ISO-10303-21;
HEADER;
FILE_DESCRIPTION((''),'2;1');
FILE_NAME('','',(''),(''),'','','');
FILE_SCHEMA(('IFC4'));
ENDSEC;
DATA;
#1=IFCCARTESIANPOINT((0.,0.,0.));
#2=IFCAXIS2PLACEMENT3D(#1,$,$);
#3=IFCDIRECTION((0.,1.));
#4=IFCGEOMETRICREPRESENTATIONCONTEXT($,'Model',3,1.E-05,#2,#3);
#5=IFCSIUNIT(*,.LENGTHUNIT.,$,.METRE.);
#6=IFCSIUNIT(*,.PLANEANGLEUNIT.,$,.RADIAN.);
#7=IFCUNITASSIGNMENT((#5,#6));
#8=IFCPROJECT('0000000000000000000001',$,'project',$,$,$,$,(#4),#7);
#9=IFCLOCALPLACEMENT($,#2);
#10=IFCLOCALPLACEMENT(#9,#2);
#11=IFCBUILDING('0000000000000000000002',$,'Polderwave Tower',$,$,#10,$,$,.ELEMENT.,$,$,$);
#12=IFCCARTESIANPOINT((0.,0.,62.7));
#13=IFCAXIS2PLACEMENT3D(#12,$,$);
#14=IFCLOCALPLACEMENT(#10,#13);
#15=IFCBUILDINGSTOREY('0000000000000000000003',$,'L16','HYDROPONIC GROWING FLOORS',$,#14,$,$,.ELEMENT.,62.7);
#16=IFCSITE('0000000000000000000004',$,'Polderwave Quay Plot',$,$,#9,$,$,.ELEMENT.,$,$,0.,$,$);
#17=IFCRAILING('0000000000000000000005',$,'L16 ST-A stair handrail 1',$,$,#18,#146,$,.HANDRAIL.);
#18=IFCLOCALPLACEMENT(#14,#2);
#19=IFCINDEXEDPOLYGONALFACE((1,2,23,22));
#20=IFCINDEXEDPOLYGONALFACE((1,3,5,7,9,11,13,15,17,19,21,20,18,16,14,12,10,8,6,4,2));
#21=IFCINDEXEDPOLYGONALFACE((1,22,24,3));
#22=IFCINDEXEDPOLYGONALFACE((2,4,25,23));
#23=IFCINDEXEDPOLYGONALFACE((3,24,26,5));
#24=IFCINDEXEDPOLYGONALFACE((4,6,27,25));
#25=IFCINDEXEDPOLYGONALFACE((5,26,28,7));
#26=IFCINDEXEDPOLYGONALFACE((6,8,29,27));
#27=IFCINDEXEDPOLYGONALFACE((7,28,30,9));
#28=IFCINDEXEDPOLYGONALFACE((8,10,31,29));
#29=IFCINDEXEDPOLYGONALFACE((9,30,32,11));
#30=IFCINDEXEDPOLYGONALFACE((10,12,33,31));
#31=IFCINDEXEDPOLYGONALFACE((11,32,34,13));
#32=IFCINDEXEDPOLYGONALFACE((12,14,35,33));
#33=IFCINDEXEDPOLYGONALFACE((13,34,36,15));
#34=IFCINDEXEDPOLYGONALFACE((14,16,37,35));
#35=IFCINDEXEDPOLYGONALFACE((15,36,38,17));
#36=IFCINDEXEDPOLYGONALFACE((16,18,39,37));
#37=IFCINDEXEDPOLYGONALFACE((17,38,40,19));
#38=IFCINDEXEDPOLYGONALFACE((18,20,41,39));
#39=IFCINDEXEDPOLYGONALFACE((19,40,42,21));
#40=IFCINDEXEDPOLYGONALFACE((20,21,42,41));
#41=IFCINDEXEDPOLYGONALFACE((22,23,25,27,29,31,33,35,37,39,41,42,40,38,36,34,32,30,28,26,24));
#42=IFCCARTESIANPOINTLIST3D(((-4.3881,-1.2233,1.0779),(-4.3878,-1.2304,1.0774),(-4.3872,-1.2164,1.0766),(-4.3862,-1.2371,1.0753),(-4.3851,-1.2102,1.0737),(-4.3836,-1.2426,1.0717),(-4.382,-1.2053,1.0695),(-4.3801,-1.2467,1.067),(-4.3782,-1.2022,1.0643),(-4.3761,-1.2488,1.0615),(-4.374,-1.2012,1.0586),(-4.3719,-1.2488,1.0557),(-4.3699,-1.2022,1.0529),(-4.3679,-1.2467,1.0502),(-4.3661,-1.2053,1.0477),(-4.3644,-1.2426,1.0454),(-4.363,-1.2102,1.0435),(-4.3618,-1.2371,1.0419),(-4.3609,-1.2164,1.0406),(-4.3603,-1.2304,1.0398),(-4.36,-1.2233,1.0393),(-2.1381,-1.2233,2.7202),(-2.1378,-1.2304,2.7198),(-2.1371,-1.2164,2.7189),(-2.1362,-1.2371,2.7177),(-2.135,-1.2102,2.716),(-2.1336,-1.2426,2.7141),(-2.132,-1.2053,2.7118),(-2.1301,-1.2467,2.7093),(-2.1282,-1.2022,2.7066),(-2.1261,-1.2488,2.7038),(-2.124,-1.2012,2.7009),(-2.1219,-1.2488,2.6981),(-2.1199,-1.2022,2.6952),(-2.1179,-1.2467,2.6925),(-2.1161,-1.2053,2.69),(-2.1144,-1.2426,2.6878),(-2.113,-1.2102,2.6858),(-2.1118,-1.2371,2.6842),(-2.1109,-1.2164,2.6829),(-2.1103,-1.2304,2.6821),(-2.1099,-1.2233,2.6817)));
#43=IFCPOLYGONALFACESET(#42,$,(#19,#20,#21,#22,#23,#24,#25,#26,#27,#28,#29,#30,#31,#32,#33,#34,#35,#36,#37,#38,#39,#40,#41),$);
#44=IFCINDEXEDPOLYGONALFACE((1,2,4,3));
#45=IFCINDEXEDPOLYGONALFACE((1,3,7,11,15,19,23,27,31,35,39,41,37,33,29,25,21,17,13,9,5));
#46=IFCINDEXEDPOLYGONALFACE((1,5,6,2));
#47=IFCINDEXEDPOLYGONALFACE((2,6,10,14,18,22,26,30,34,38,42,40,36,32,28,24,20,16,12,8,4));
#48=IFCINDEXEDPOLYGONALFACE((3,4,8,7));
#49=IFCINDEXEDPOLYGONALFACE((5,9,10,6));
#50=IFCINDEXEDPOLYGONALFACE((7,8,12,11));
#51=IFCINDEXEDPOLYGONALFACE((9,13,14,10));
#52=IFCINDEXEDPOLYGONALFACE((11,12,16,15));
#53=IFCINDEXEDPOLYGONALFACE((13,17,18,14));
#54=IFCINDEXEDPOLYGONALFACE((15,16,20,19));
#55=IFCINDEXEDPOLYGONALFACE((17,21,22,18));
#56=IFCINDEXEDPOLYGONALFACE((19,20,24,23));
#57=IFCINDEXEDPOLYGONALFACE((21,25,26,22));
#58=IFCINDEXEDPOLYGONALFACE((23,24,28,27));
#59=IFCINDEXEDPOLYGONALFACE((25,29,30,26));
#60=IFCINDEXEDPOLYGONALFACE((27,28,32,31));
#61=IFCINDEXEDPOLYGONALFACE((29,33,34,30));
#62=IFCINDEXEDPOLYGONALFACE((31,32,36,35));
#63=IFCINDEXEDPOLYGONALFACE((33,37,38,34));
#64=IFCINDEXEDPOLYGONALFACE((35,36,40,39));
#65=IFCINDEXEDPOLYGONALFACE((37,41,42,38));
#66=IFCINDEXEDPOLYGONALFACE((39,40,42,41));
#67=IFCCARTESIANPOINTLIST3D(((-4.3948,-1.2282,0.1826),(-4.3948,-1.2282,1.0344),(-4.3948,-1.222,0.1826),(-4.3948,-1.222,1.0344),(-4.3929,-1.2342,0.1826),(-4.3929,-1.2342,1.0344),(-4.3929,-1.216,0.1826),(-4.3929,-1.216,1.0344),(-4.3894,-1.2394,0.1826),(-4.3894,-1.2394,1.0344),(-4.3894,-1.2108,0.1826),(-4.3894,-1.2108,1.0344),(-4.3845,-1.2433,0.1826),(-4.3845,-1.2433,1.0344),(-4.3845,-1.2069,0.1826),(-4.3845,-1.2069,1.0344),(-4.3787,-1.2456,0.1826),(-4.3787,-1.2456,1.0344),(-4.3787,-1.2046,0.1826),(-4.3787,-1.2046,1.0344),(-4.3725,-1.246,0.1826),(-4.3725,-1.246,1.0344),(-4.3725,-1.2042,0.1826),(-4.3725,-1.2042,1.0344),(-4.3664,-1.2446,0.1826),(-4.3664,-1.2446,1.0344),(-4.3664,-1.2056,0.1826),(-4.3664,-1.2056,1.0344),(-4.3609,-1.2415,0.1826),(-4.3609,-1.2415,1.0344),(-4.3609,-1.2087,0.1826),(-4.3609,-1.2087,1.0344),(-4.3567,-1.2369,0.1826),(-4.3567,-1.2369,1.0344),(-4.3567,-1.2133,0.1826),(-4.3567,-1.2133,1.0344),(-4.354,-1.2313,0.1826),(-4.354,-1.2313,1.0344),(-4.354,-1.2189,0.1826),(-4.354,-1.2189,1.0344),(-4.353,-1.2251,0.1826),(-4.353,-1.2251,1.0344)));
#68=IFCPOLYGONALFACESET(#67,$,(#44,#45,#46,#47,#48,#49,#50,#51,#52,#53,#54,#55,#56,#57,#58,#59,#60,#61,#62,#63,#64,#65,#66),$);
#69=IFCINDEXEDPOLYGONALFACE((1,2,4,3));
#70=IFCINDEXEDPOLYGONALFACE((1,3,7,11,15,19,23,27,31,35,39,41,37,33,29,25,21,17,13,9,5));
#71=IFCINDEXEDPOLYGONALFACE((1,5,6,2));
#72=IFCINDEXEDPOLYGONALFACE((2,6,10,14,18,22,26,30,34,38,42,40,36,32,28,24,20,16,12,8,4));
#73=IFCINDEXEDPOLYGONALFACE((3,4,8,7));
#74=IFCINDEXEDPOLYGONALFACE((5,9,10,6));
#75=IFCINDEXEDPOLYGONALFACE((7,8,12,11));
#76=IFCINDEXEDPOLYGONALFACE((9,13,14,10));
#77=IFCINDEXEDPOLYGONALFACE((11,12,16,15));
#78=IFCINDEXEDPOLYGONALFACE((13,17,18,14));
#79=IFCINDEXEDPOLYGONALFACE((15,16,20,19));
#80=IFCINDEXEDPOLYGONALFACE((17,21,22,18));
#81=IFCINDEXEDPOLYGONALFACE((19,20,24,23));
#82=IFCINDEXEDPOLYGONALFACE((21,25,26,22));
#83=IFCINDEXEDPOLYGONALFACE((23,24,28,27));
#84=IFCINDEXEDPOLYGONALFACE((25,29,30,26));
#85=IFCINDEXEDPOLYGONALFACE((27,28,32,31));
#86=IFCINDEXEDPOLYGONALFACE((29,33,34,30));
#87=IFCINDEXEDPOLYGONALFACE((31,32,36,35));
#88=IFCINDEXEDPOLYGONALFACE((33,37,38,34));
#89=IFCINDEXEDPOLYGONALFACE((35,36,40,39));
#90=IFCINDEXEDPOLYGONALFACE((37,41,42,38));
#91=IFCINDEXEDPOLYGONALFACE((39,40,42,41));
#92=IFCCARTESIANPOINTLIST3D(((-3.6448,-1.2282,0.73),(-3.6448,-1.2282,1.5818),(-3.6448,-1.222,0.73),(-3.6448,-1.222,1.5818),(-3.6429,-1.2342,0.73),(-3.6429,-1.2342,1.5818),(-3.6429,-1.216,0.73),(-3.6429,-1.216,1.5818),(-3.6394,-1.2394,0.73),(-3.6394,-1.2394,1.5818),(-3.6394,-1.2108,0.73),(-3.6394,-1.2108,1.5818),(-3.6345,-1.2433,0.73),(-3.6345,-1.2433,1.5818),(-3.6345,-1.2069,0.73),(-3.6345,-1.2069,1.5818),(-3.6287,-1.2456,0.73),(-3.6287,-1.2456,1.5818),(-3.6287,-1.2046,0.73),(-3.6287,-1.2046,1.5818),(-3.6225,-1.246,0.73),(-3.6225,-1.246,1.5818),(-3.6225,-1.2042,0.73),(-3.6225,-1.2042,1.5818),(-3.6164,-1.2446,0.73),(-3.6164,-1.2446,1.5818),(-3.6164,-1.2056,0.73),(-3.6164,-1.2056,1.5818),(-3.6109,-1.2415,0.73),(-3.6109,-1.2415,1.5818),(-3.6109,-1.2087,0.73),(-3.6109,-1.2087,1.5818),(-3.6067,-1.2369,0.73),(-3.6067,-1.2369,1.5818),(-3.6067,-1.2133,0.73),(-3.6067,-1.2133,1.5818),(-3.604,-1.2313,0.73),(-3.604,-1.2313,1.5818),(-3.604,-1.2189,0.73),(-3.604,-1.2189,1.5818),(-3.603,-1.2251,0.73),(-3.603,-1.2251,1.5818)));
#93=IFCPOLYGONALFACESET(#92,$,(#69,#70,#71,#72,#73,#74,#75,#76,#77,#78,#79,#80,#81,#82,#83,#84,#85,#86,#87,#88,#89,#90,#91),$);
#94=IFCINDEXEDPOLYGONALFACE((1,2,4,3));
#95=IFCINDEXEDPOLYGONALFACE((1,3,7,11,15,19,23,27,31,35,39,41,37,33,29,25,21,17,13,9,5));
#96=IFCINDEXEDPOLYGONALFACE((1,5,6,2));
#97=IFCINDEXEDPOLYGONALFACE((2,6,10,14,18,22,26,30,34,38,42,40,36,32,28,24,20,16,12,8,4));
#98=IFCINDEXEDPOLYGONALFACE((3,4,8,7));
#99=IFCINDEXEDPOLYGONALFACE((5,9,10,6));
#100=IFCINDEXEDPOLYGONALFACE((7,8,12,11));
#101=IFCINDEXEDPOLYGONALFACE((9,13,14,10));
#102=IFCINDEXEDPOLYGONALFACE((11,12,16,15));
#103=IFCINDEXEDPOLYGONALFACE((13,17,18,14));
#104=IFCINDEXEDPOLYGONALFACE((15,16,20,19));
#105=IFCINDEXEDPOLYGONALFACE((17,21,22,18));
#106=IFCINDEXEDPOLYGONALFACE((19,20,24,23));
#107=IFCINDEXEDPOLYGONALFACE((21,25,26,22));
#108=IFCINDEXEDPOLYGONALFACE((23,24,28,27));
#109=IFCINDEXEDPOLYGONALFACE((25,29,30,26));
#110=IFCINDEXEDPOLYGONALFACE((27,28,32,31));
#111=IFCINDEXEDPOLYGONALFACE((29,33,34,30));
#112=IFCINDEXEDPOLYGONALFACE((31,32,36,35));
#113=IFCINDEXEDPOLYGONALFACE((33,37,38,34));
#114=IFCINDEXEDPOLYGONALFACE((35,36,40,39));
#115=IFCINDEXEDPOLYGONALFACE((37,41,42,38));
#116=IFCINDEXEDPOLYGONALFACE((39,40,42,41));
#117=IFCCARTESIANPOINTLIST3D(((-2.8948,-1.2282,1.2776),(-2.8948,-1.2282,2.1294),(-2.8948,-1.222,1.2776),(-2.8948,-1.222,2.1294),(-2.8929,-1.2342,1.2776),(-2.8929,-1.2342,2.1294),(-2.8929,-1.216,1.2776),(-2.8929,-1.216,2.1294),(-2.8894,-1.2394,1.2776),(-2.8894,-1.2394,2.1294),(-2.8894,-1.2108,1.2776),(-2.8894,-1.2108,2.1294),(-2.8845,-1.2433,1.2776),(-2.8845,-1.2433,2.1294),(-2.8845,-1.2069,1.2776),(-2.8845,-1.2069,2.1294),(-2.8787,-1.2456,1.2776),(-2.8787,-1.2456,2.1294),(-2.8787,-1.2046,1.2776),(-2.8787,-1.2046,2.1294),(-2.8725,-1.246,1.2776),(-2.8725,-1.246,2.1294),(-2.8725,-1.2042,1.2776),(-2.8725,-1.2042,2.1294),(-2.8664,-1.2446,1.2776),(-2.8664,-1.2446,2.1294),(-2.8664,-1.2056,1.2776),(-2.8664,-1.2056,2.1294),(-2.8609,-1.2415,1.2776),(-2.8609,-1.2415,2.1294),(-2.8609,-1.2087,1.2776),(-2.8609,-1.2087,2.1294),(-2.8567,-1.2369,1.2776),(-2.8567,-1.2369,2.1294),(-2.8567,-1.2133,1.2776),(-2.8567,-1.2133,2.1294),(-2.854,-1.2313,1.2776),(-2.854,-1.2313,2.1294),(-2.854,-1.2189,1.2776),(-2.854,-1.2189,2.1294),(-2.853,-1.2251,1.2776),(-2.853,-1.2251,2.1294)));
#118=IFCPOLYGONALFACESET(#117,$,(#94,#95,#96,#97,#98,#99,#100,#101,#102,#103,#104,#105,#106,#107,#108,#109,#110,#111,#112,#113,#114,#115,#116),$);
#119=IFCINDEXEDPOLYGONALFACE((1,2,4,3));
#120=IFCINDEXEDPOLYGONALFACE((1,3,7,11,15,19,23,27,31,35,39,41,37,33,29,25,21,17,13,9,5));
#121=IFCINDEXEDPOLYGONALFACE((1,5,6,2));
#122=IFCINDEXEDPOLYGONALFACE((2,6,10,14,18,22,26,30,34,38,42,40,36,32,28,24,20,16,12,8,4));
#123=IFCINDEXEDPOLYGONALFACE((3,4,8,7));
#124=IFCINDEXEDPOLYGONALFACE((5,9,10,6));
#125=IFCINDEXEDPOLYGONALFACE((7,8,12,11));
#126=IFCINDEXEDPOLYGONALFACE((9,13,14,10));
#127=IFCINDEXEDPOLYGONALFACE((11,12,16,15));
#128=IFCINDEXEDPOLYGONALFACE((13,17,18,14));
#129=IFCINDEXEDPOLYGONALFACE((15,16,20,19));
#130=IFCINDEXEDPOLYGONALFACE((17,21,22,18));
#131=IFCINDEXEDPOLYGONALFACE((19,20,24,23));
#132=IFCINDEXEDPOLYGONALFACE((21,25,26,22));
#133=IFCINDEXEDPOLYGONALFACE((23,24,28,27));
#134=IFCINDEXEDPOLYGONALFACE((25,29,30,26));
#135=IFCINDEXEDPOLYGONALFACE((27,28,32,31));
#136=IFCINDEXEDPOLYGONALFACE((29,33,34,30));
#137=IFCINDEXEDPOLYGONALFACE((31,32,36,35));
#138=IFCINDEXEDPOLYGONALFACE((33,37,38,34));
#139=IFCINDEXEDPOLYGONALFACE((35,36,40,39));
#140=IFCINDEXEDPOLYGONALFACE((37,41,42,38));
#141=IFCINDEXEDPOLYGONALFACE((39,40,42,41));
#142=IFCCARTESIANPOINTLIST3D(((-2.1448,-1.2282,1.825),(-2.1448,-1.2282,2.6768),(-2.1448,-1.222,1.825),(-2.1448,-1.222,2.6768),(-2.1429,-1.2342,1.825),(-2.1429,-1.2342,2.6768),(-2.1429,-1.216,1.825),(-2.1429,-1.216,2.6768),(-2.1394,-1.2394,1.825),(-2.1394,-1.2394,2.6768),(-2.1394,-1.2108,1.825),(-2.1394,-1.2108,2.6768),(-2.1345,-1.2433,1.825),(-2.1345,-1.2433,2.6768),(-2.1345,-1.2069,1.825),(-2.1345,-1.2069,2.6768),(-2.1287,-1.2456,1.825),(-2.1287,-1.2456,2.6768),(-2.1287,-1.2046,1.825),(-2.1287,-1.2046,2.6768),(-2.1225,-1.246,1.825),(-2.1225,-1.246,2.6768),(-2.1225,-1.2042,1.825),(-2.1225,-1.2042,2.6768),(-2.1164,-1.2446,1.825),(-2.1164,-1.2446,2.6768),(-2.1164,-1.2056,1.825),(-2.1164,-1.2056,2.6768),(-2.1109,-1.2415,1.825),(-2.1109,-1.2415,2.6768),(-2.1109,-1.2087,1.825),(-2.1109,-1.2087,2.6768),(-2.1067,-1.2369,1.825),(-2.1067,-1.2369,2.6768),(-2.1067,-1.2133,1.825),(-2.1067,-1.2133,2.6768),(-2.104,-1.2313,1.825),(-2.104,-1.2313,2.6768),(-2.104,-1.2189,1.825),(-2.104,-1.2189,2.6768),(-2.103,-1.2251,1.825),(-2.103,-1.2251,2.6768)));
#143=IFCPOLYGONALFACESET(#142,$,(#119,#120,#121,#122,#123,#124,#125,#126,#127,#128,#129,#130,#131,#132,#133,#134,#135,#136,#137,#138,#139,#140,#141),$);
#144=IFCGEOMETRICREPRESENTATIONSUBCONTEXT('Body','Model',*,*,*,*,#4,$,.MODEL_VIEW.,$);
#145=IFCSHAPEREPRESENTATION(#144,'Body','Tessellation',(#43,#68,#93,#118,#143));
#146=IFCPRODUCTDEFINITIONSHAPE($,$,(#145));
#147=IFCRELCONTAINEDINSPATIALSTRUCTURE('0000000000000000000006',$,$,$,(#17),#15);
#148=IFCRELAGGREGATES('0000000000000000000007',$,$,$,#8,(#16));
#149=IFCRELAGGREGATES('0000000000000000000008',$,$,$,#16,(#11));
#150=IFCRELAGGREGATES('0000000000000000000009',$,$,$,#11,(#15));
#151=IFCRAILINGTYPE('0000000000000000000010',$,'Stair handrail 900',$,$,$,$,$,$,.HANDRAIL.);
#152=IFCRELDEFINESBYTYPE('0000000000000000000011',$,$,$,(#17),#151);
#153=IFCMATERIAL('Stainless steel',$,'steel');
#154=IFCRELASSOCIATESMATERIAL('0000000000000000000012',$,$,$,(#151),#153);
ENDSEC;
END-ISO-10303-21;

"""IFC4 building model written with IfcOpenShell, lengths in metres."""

from ifc_helpers import new_model, si_unit, direction, frame, origin, origin_2d, place, context, subcontext, project, spatial, circle, extrude, material, type_object, element, save


model = new_model("IFC4")

# Units and contexts
model_context = context("Model", 3, precision=1e-05, world=origin(), true_north=direction((0.0, 1.0)))
body_context = subcontext(model_context, "Body", "Model", "MODEL_VIEW")
ifc_project = project(units=[si_unit("LENGTHUNIT", "METRE"), si_unit("PLANEANGLEUNIT", "RADIAN")], contexts=[model_context])

# Site, building, storey
site_placement = place(None, origin())
site = spatial("IfcSite", under=ifc_project, at=site_placement, Name="Polderwave Quay Plot", CompositionType="ELEMENT", RefElevation=0.0)
building_placement = place(site_placement, origin())
building = spatial("IfcBuilding", under=site, at=building_placement, Name="Polderwave Tower", CompositionType="ELEMENT")
storey_placement = place(building_placement, frame((0.0, 0.0, 62.7)))
storey = spatial("IfcBuildingStorey", under=building, at=storey_placement, Name="L16", Description="HYDROPONIC GROWING FLOORS", CompositionType="ELEMENT", Elevation=62.7)

# Railing
ifc_material_1 = material(Name="Stainless steel", Category="steel")
railing_type_1 = type_object("IfcRailingType", Name="Stair handrail 900", PredefinedType="HANDRAIL", material=ifc_material_1)
railing_1_placement = place(storey_placement, frame((-4.374, -1.2251, 0.1826)))
element("IfcRailing", 1, at=railing_1_placement, inside=storey, type_object=railing_type_1, Name="L16 ST-A stair handrail 1", PredefinedType="HANDRAIL", context=body_context, shape_type="SweptSolid", body=[
    extrude(circle(Radius=0.0239, at=origin_2d()), frame((0.0, 0.0, 0.876), z_axis=(0.807715, 0.0, 0.589573), x_axis=(0.0, 1.0, 0.0)), (0.0, 0.0, 1.0), 2.7856),
    extrude(circle(Radius=0.021, at=origin_2d()), origin(), (0.0, 0.0, 1.0), 0.8518),
    extrude(circle(Radius=0.021, at=origin_2d()), frame((0.75, 0.0, 0.5474)), (0.0, 0.0, 1.0), 0.8518),
    extrude(circle(Radius=0.021, at=origin_2d()), frame((1.5, 0.0, 1.095)), (0.0, 0.0, 1.0), 0.8518),
    extrude(circle(Radius=0.021, at=origin_2d()), frame((2.25, 0.0, 1.6423)), (0.0, 0.0, 1.0), 0.8518),
])

save(model, "model.ifc")
